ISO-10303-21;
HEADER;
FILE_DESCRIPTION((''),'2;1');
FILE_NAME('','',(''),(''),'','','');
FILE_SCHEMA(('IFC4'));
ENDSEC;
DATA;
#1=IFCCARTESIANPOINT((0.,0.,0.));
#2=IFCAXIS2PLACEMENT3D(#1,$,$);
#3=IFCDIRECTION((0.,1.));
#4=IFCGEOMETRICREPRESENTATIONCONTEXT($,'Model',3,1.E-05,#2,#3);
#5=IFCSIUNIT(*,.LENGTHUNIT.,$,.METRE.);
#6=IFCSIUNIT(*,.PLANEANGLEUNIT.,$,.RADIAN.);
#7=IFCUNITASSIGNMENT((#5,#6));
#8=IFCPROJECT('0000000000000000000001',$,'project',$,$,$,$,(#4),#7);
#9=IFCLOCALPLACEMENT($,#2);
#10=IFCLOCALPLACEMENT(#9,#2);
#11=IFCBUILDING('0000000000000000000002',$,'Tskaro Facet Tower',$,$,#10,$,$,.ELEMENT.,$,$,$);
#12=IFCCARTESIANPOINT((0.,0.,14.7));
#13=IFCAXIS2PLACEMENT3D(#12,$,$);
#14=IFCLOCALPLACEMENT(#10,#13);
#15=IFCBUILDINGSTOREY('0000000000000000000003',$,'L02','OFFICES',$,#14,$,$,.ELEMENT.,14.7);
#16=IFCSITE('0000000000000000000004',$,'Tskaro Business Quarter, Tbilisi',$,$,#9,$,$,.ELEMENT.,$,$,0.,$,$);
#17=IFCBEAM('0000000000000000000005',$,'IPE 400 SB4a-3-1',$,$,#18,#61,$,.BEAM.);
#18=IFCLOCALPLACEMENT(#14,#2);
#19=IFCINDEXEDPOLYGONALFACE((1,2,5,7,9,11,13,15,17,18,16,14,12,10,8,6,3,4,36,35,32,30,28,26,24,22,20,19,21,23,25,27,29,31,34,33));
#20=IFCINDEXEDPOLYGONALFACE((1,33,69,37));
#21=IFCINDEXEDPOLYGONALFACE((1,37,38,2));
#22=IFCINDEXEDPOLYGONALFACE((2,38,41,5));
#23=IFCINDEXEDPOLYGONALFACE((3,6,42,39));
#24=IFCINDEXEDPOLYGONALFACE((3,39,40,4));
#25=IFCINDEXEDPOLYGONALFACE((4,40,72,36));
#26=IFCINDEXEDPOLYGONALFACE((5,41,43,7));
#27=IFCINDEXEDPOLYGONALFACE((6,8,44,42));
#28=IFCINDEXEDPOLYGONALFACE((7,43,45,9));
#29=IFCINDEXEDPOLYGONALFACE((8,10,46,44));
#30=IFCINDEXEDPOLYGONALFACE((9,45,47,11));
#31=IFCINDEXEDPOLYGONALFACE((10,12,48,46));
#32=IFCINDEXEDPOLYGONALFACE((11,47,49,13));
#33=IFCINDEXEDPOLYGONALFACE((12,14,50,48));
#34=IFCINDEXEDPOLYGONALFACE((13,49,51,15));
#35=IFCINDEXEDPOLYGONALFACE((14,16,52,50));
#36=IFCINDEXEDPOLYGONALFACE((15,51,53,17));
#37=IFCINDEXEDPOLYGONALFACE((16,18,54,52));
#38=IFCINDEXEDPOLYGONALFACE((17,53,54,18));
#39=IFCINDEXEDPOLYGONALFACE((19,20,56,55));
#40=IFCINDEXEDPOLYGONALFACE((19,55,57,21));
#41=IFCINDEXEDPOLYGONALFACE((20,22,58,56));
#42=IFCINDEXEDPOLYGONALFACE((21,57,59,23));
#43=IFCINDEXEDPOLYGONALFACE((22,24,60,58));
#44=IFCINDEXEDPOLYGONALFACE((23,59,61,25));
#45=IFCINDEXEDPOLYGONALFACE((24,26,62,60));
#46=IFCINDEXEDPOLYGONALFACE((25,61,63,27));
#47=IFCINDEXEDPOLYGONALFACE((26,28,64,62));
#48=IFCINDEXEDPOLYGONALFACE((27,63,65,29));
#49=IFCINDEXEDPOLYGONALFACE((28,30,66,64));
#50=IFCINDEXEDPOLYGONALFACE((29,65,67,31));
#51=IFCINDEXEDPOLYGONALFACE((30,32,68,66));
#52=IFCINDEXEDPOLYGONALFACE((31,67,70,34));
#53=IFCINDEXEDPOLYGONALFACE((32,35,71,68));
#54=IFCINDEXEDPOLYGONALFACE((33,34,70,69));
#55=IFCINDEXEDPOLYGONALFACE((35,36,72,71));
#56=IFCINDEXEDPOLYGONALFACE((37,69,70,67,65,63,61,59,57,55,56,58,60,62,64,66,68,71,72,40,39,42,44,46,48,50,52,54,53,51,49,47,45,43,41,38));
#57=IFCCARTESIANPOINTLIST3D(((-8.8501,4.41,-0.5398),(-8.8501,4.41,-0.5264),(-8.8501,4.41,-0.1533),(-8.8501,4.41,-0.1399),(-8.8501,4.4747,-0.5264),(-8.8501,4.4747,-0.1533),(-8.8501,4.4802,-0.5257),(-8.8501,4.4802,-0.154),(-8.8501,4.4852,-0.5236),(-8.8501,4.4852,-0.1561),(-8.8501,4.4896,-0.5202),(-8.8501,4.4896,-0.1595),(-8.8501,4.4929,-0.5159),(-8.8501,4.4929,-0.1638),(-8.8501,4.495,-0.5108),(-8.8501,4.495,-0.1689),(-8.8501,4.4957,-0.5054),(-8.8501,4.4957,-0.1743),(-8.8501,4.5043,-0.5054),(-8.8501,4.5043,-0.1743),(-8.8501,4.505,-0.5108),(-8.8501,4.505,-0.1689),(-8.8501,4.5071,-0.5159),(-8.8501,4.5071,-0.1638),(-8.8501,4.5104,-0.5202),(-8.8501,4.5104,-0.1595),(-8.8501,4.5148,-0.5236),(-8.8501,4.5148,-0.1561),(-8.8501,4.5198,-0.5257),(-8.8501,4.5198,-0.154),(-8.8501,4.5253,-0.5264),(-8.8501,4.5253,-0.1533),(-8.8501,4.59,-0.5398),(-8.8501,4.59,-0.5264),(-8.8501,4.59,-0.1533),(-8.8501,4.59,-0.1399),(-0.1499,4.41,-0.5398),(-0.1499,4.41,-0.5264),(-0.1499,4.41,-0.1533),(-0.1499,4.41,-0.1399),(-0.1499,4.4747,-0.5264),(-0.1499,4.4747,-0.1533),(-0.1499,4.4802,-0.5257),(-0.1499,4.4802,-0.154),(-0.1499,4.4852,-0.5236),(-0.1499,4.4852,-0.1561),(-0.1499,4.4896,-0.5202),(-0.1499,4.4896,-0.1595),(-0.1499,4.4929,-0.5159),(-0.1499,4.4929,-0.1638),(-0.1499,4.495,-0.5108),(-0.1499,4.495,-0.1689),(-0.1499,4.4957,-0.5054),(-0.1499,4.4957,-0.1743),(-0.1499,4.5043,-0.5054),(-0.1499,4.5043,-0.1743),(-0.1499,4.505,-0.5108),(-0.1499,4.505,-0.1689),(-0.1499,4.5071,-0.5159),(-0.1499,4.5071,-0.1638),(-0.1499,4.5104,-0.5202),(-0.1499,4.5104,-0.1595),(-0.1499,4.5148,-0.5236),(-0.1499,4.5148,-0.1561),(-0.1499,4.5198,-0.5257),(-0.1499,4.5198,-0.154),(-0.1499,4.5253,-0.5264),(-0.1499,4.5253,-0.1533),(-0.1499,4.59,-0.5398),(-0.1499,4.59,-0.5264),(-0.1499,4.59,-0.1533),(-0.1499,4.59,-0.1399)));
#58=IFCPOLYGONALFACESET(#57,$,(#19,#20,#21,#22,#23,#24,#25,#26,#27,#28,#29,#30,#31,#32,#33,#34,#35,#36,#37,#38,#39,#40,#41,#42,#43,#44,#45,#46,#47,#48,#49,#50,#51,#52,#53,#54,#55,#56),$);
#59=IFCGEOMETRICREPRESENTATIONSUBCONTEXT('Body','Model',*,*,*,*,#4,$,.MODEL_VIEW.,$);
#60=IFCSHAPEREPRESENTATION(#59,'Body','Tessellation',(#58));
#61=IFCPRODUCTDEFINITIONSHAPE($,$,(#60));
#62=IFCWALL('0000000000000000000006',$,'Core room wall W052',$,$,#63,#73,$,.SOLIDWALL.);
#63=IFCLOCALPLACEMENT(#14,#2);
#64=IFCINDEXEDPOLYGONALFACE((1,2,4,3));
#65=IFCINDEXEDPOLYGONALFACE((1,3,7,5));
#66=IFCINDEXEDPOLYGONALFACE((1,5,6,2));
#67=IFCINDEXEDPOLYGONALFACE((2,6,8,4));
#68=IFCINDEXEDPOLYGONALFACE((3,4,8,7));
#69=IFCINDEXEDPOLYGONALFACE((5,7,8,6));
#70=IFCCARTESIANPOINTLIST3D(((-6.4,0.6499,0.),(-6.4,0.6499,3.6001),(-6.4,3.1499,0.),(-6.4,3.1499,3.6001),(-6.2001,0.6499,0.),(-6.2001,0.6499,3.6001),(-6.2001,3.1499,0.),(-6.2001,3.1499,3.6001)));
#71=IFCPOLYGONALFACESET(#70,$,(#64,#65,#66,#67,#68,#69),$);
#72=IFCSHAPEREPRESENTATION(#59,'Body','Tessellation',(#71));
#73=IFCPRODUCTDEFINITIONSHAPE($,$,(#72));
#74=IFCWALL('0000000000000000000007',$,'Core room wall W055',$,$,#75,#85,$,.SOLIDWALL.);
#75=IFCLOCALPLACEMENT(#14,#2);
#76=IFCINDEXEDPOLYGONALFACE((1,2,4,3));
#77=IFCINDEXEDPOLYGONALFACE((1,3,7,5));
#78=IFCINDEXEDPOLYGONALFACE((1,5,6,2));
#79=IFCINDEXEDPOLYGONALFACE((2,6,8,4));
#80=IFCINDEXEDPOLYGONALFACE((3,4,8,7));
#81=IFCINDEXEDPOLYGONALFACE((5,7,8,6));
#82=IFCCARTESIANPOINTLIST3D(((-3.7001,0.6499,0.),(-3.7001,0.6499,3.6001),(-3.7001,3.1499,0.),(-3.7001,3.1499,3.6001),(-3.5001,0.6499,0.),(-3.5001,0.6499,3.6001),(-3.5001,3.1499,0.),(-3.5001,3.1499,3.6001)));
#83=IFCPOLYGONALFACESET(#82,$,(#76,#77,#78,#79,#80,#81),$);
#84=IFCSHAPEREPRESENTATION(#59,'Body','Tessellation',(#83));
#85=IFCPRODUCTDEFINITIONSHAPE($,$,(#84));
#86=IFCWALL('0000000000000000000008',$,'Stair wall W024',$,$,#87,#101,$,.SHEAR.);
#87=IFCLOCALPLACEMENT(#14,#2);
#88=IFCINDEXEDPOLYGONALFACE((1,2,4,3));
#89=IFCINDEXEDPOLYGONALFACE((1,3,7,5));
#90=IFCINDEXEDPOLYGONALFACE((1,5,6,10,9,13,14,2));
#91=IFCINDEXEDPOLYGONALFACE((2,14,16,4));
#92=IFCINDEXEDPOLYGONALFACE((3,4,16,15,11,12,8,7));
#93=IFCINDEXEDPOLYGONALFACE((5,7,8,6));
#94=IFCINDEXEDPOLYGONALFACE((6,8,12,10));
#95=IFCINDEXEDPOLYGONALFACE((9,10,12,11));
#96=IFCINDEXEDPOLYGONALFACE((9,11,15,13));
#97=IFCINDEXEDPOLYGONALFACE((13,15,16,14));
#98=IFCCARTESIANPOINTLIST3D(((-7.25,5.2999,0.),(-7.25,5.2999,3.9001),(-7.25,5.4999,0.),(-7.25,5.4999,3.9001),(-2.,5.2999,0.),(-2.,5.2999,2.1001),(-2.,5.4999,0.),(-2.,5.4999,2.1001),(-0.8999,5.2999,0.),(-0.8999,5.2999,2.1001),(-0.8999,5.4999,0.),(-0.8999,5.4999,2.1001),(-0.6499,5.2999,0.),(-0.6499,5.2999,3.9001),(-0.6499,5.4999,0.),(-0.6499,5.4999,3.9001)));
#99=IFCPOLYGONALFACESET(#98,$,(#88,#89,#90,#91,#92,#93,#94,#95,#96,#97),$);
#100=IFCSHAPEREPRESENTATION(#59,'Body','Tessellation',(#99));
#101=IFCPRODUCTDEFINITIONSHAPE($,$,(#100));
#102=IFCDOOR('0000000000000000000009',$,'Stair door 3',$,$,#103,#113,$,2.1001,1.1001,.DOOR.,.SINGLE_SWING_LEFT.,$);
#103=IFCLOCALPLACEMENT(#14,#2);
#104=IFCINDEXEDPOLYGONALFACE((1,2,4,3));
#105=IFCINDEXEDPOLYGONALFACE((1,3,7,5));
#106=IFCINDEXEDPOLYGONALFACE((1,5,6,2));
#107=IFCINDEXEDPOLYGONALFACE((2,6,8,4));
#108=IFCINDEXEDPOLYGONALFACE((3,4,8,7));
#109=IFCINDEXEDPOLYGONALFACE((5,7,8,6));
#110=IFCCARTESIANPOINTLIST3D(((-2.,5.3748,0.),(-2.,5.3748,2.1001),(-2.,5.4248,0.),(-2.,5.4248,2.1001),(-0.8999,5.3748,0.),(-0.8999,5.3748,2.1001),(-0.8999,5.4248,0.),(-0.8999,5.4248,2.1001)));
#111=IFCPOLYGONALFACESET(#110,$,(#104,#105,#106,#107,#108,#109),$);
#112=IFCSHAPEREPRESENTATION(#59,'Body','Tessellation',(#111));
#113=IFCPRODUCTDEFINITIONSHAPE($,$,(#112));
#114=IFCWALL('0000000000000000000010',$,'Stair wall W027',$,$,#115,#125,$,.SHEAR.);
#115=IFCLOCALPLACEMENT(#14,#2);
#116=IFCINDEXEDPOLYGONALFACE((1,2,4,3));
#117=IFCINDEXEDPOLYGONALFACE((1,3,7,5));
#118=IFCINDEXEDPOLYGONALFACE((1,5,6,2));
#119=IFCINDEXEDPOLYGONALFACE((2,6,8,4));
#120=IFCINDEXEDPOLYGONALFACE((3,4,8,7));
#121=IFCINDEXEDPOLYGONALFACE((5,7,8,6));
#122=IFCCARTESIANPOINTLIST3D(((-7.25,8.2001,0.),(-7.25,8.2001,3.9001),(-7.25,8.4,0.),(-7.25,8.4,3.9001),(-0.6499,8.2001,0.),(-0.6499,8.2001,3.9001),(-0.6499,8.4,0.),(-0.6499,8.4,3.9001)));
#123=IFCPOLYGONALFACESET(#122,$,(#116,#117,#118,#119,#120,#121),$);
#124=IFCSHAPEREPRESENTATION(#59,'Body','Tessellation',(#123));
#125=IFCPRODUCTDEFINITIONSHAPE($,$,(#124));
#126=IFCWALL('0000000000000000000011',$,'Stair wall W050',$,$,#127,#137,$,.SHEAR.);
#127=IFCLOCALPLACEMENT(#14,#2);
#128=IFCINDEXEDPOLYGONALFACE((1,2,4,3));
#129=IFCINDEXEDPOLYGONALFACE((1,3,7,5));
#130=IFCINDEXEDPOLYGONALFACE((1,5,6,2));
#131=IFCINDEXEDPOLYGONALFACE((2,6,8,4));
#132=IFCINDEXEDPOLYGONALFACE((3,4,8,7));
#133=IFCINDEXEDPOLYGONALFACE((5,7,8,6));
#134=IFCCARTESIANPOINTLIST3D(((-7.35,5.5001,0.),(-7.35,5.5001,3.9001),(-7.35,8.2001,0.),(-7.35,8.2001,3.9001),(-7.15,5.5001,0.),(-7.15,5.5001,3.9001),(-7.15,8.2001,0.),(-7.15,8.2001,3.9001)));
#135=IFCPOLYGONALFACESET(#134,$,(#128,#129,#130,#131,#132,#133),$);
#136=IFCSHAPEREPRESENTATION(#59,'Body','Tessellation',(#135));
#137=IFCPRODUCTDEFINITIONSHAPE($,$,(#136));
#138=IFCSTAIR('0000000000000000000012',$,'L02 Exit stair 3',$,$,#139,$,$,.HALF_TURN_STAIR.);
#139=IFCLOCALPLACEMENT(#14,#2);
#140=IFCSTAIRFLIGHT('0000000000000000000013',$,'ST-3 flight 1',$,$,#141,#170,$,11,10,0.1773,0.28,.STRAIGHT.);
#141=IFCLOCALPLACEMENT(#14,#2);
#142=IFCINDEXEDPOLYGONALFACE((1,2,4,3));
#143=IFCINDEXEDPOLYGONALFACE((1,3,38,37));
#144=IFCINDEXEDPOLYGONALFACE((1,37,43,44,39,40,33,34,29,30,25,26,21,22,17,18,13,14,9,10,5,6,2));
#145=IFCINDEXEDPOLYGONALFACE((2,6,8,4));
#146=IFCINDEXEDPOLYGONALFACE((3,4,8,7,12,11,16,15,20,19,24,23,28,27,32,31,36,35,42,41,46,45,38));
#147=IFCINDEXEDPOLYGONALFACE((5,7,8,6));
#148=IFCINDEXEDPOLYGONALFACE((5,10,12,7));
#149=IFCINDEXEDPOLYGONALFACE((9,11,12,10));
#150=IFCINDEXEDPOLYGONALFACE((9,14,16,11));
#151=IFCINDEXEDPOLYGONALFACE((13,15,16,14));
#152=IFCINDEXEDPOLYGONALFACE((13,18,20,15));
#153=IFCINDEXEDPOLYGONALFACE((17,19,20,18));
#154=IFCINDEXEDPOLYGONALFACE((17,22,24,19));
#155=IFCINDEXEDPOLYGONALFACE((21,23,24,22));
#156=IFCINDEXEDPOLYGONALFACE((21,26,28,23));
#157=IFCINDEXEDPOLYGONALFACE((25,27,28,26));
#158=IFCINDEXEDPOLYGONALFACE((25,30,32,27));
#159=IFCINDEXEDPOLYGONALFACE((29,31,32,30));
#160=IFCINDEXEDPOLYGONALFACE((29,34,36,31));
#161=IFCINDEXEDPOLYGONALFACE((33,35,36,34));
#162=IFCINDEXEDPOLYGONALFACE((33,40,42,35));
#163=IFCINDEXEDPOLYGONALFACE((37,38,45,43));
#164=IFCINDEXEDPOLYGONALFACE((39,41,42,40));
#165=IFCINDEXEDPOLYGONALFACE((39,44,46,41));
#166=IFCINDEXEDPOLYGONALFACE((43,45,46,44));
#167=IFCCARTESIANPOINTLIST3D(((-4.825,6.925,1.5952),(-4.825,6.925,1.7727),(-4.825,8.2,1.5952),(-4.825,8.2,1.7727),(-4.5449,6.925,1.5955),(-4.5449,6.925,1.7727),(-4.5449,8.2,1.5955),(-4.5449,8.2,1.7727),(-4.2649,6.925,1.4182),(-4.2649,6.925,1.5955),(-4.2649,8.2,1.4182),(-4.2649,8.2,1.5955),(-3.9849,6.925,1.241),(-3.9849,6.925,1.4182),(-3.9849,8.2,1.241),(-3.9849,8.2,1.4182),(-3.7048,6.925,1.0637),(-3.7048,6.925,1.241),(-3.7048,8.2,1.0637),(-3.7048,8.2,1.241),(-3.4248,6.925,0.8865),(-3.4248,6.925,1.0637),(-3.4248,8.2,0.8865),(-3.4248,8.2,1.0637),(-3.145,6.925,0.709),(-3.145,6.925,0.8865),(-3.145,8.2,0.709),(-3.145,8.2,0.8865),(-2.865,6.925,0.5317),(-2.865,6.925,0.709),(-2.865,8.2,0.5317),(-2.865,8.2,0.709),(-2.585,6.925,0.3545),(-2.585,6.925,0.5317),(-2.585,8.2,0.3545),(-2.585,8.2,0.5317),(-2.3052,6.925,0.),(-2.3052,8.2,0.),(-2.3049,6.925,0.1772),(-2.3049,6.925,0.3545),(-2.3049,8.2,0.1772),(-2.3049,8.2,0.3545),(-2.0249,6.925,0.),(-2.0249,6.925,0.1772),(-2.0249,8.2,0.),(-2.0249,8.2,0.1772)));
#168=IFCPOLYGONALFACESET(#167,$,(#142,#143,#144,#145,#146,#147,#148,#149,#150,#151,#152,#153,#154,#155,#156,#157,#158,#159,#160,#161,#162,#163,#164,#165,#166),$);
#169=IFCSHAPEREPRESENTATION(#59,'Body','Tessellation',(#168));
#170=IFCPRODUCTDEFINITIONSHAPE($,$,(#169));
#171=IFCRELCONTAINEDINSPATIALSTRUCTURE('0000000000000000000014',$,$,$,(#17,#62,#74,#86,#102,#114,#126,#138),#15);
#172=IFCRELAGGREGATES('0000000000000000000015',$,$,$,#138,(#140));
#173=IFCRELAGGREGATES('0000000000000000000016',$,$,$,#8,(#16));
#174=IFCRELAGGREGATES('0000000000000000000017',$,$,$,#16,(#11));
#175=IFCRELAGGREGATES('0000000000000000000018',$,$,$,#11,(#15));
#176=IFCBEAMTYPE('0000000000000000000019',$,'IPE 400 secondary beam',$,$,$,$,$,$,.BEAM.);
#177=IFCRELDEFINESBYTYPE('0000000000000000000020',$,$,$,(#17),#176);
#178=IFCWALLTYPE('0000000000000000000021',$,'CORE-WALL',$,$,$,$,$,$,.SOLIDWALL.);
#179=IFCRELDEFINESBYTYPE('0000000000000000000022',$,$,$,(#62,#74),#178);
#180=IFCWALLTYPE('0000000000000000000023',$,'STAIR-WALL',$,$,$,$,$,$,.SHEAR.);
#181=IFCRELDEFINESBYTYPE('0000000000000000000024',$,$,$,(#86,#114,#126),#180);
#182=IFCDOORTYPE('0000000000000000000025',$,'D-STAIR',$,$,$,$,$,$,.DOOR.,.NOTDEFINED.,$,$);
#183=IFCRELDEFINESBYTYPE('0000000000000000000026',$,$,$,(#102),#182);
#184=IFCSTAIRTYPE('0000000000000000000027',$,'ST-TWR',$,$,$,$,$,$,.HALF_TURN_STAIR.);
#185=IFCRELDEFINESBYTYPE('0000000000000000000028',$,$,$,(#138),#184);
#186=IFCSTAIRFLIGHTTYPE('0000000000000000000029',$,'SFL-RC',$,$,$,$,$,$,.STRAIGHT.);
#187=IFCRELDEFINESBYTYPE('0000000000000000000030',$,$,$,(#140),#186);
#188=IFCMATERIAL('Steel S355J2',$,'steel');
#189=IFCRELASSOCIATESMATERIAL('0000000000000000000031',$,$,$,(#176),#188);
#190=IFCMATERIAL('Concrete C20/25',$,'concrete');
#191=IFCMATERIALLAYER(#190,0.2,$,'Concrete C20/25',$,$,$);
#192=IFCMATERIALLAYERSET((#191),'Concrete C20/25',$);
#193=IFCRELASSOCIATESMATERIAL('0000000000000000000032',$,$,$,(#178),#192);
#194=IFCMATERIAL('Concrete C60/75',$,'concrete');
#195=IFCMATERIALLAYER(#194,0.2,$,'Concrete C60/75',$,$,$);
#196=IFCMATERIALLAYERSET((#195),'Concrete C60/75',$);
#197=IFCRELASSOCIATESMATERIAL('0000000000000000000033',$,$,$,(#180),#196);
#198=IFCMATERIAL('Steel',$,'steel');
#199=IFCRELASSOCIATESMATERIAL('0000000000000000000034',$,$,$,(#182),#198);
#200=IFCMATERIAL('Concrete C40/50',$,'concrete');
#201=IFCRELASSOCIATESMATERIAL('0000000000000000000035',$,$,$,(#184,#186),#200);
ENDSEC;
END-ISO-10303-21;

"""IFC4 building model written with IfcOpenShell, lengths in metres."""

from ifc_helpers import new_model, si_unit, direction, frame, frame_2d, origin, origin_2d, place, context, subcontext, project, spatial, polyline, rectangle, i_section, outline, extrude, material, layer, layer_set, material_profile, profile_set, type_object, element, fill, aggregate, save


model = new_model("IFC4")

# Units and contexts
model_context = context("Model", 3, precision=1e-05, world=origin(), true_north=direction((0.0, 1.0)))
body_context = subcontext(model_context, "Body", "Model", "MODEL_VIEW")
ifc_project = project(units=[si_unit("LENGTHUNIT", "METRE"), si_unit("PLANEANGLEUNIT", "RADIAN")], contexts=[model_context])

# Site, building, storey
site_placement = place(None, origin())
site = spatial("IfcSite", under=ifc_project, at=site_placement, Name="Tskaro Business Quarter, Tbilisi", CompositionType="ELEMENT", RefElevation=0.0)
building_placement = place(site_placement, origin())
building = spatial("IfcBuilding", under=site, at=building_placement, Name="Tskaro Facet Tower", CompositionType="ELEMENT")
storey_placement = place(building_placement, frame((0.0, 0.0, 14.7)))
storey = spatial("IfcBuildingStorey", under=building, at=storey_placement, Name="L02", Description="OFFICES", CompositionType="ELEMENT", Elevation=14.7)

# Beam
ifc_material_1 = material(Name="Steel S355J2", Category="steel")
ifc_material_profile = material_profile(ifc_material_1, i_section(OverallWidth=0.1799, OverallDepth=0.3999, WebThickness=0.0085, FlangeThickness=0.0134, FilletRadius=0.021, at=origin_2d()), Name="IPE 400")
ifc_profile_set = profile_set([ifc_material_profile], Name="Steel S355J2")
beam_type = type_object("IfcBeamType", Name="IPE 400 secondary beam", PredefinedType="BEAM", material=ifc_profile_set)
beam_placement = place(storey_placement, frame((-8.8501, 4.5, -0.3398), z_axis=(1.0, 0.0, 0.0), x_axis=(0.0, 1.0, 0.0)))
element("IfcBeam", 1, at=beam_placement, inside=storey, type_object=beam_type, Name="IPE 400 SB4a-3-1", PredefinedType="BEAM", context=body_context, shape_type="SweptSolid", body=[
    extrude(i_section(OverallWidth=0.1799, OverallDepth=0.3999, WebThickness=0.0085, FlangeThickness=0.0134, FilletRadius=0.021, at=origin_2d()), origin(), (0.0, 0.0, 1.0), 8.7002),
])

# Walls
ifc_material_2 = material(Name="Concrete C20/25", Category="concrete")
ifc_layer_1 = layer(ifc_material_2, 0.2, Name="Concrete C20/25")
ifc_layer_set_1 = layer_set([ifc_layer_1], Name="Concrete C20/25")
wall_type_1 = type_object("IfcWallType", Name="CORE-WALL", PredefinedType="SOLIDWALL", material=ifc_layer_set_1)
for number, where, z_axis, x_axis, name in (
    (2, (-6.3, 0.6499, 0.0), (0.0, 0.0, 1.0), (0.0, 1.0, 0.0), "Core room wall W052"),
    (3, (-3.6001, 0.6499, 0.0), (0.0, 0.0, 1.0), (0.0, 1.0, 0.0), "Core room wall W055"),
):
    element("IfcWall", number, at=place(storey_placement, frame(where, z_axis=z_axis, x_axis=x_axis)), inside=storey, type_object=wall_type_1, Name=name, PredefinedType="SOLIDWALL", context=body_context, shape_type="SweptSolid", body=[
        extrude(rectangle(XDim=2.5, YDim=0.2, at=frame_2d((1.25, 0.0))), origin(), (0.0, 0.0, 1.0), 3.6001),
    ])

# Wall, opening, door
ifc_material_3 = material(Name="Concrete C60/75", Category="concrete")
ifc_layer_2 = layer(ifc_material_3, 0.2, Name="Concrete C60/75")
ifc_layer_set_2 = layer_set([ifc_layer_2], Name="Concrete C60/75")
wall_type_2 = type_object("IfcWallType", Name="STAIR-WALL", PredefinedType="SHEAR", material=ifc_layer_set_2)
wall_1_placement = place(storey_placement, frame((-7.25, 5.3999, 0.0), z_axis=(0.0, 0.0, 1.0), x_axis=(1.0, 0.0, 0.0)))
wall_1 = element("IfcWall", 4, at=wall_1_placement, inside=storey, type_object=wall_type_2, Name="Stair wall W024", PredefinedType="SHEAR", context=body_context, shape_type="SweptSolid", body=[
    extrude(rectangle(XDim=6.6001, YDim=0.2, at=frame_2d((3.3, 0.0))), origin(), (0.0, 0.0, 1.0), 3.9001),
])
opening_placement = place(wall_1_placement, frame((5.25, 0.0, 0.0)))
opening = element("IfcOpeningElement", 5, at=opening_placement, cuts=wall_1, PredefinedType="OPENING", context=body_context, shape_type="SweptSolid", body=[
    extrude(rectangle(XDim=1.1001, YDim=2.1001, at=frame_2d((0.55, 1.05))), frame((0.0, 0.1099, 0.0), z_axis=(0.0, -1.0, 0.0), x_axis=(1.0, 0.0, 0.0)), (0.0, 0.0, 1.0), 0.22),
])
ifc_material_4 = material(Name="Steel", Category="steel")
door_type = type_object("IfcDoorType", Name="D-STAIR", OperationType="NOTDEFINED", PredefinedType="DOOR", material=ifc_material_4)
door_placement = place(opening_placement, origin())
door = element("IfcDoor", 6, at=door_placement, inside=storey, type_object=door_type, Name="Stair door 3", OperationType="SINGLE_SWING_LEFT", OverallHeight=2.1001, OverallWidth=1.1001, PredefinedType="DOOR", context=body_context, shape_type="SweptSolid", body=[
    extrude(rectangle(XDim=1.1001, YDim=2.1001, at=frame_2d((0.55, 1.05))), frame((0.0, 0.0249, 0.0), z_axis=(0.0, -1.0, 0.0), x_axis=(1.0, 0.0, 0.0)), (0.0, 0.0, 1.0), 0.05),
])
fill(opening, door)

# Walls
wall_2_placement = place(storey_placement, frame((-7.25, 8.3, 0.0), z_axis=(0.0, 0.0, 1.0), x_axis=(1.0, 0.0, 0.0)))
element("IfcWall", 7, at=wall_2_placement, inside=storey, type_object=wall_type_2, Name="Stair wall W027", PredefinedType="SHEAR", context=body_context, shape_type="SweptSolid", body=[
    extrude(rectangle(XDim=6.6001, YDim=0.2, at=frame_2d((3.3, 0.0))), origin(), (0.0, 0.0, 1.0), 3.9001),
])
wall_3_placement = place(storey_placement, frame((-7.25, 5.5, 0.0), z_axis=(0.0, 0.0, 1.0), x_axis=(0.0, 1.0, 0.0)))
element("IfcWall", 8, at=wall_3_placement, inside=storey, type_object=wall_type_2, Name="Stair wall W050", PredefinedType="SHEAR", context=body_context, shape_type="SweptSolid", body=[
    extrude(rectangle(XDim=2.7, YDim=0.2, at=frame_2d((1.3501, 0.0))), origin(), (0.0, 0.0, 1.0), 3.9001),
])

# Stair, stair flight
ifc_material_5 = material(Name="Concrete C40/50", Category="concrete")
stair_type = type_object("IfcStairType", Name="ST-TWR", PredefinedType="HALF_TURN_STAIR", material=ifc_material_5)
stair_placement = place(storey_placement, origin())
stair = element("IfcStair", 9, at=stair_placement, inside=storey, type_object=stair_type, Name="L02 Exit stair 3", PredefinedType="HALF_TURN_STAIR")
stair_flight_type = type_object("IfcStairFlightType", Name="SFL-RC", PredefinedType="STRAIGHT", material=ifc_material_5)
stair_flight_1_placement = place(storey_placement, frame((-2.0249, 7.5625, 0.0), z_axis=(0.0, 0.0, 1.0), x_axis=(-1.0, 0.0, 0.0)))
stair_flight_1 = element("IfcStairFlight", 10, at=stair_flight_1_placement, type_object=stair_flight_type, Name="ST-3 flight 1", NumberOfRisers=11, NumberOfTreads=10, PredefinedType="STRAIGHT", RiserHeight=0.1773, TreadLength=0.28, context=body_context, shape_type="SweptSolid", body=[
    extrude(outline(polyline([(0.0, 0.0), (0.0, 0.1772), (0.28, 0.1772), (0.28, 0.3545), (0.5601, 0.3545), (0.5601, 0.5317), (0.8401, 0.5317), (0.8401, 0.709), (1.1201, 0.709), (1.1201, 0.8865), (1.3999, 0.8865), (1.3999, 1.0637), (1.6799, 1.0637), (1.6799, 1.241), (1.96, 1.241), (1.96, 1.4182), (2.24, 1.4182), (2.24, 1.5955), (2.52, 1.5955), (2.52, 1.7727), (2.8, 1.7727), (2.8, 1.95), (2.8, 1.5952), (0.2803, 0.0), (0.0, 0.0)])), frame((0.0, 0.6375, 0.0), z_axis=(0.0, -1.0, 0.0), x_axis=(1.0, 0.0, 0.0)), (0.0, 0.0, 1.0), 1.2749),
])
aggregate(stair, [stair_flight_1])

save(model, "model.ifc")
